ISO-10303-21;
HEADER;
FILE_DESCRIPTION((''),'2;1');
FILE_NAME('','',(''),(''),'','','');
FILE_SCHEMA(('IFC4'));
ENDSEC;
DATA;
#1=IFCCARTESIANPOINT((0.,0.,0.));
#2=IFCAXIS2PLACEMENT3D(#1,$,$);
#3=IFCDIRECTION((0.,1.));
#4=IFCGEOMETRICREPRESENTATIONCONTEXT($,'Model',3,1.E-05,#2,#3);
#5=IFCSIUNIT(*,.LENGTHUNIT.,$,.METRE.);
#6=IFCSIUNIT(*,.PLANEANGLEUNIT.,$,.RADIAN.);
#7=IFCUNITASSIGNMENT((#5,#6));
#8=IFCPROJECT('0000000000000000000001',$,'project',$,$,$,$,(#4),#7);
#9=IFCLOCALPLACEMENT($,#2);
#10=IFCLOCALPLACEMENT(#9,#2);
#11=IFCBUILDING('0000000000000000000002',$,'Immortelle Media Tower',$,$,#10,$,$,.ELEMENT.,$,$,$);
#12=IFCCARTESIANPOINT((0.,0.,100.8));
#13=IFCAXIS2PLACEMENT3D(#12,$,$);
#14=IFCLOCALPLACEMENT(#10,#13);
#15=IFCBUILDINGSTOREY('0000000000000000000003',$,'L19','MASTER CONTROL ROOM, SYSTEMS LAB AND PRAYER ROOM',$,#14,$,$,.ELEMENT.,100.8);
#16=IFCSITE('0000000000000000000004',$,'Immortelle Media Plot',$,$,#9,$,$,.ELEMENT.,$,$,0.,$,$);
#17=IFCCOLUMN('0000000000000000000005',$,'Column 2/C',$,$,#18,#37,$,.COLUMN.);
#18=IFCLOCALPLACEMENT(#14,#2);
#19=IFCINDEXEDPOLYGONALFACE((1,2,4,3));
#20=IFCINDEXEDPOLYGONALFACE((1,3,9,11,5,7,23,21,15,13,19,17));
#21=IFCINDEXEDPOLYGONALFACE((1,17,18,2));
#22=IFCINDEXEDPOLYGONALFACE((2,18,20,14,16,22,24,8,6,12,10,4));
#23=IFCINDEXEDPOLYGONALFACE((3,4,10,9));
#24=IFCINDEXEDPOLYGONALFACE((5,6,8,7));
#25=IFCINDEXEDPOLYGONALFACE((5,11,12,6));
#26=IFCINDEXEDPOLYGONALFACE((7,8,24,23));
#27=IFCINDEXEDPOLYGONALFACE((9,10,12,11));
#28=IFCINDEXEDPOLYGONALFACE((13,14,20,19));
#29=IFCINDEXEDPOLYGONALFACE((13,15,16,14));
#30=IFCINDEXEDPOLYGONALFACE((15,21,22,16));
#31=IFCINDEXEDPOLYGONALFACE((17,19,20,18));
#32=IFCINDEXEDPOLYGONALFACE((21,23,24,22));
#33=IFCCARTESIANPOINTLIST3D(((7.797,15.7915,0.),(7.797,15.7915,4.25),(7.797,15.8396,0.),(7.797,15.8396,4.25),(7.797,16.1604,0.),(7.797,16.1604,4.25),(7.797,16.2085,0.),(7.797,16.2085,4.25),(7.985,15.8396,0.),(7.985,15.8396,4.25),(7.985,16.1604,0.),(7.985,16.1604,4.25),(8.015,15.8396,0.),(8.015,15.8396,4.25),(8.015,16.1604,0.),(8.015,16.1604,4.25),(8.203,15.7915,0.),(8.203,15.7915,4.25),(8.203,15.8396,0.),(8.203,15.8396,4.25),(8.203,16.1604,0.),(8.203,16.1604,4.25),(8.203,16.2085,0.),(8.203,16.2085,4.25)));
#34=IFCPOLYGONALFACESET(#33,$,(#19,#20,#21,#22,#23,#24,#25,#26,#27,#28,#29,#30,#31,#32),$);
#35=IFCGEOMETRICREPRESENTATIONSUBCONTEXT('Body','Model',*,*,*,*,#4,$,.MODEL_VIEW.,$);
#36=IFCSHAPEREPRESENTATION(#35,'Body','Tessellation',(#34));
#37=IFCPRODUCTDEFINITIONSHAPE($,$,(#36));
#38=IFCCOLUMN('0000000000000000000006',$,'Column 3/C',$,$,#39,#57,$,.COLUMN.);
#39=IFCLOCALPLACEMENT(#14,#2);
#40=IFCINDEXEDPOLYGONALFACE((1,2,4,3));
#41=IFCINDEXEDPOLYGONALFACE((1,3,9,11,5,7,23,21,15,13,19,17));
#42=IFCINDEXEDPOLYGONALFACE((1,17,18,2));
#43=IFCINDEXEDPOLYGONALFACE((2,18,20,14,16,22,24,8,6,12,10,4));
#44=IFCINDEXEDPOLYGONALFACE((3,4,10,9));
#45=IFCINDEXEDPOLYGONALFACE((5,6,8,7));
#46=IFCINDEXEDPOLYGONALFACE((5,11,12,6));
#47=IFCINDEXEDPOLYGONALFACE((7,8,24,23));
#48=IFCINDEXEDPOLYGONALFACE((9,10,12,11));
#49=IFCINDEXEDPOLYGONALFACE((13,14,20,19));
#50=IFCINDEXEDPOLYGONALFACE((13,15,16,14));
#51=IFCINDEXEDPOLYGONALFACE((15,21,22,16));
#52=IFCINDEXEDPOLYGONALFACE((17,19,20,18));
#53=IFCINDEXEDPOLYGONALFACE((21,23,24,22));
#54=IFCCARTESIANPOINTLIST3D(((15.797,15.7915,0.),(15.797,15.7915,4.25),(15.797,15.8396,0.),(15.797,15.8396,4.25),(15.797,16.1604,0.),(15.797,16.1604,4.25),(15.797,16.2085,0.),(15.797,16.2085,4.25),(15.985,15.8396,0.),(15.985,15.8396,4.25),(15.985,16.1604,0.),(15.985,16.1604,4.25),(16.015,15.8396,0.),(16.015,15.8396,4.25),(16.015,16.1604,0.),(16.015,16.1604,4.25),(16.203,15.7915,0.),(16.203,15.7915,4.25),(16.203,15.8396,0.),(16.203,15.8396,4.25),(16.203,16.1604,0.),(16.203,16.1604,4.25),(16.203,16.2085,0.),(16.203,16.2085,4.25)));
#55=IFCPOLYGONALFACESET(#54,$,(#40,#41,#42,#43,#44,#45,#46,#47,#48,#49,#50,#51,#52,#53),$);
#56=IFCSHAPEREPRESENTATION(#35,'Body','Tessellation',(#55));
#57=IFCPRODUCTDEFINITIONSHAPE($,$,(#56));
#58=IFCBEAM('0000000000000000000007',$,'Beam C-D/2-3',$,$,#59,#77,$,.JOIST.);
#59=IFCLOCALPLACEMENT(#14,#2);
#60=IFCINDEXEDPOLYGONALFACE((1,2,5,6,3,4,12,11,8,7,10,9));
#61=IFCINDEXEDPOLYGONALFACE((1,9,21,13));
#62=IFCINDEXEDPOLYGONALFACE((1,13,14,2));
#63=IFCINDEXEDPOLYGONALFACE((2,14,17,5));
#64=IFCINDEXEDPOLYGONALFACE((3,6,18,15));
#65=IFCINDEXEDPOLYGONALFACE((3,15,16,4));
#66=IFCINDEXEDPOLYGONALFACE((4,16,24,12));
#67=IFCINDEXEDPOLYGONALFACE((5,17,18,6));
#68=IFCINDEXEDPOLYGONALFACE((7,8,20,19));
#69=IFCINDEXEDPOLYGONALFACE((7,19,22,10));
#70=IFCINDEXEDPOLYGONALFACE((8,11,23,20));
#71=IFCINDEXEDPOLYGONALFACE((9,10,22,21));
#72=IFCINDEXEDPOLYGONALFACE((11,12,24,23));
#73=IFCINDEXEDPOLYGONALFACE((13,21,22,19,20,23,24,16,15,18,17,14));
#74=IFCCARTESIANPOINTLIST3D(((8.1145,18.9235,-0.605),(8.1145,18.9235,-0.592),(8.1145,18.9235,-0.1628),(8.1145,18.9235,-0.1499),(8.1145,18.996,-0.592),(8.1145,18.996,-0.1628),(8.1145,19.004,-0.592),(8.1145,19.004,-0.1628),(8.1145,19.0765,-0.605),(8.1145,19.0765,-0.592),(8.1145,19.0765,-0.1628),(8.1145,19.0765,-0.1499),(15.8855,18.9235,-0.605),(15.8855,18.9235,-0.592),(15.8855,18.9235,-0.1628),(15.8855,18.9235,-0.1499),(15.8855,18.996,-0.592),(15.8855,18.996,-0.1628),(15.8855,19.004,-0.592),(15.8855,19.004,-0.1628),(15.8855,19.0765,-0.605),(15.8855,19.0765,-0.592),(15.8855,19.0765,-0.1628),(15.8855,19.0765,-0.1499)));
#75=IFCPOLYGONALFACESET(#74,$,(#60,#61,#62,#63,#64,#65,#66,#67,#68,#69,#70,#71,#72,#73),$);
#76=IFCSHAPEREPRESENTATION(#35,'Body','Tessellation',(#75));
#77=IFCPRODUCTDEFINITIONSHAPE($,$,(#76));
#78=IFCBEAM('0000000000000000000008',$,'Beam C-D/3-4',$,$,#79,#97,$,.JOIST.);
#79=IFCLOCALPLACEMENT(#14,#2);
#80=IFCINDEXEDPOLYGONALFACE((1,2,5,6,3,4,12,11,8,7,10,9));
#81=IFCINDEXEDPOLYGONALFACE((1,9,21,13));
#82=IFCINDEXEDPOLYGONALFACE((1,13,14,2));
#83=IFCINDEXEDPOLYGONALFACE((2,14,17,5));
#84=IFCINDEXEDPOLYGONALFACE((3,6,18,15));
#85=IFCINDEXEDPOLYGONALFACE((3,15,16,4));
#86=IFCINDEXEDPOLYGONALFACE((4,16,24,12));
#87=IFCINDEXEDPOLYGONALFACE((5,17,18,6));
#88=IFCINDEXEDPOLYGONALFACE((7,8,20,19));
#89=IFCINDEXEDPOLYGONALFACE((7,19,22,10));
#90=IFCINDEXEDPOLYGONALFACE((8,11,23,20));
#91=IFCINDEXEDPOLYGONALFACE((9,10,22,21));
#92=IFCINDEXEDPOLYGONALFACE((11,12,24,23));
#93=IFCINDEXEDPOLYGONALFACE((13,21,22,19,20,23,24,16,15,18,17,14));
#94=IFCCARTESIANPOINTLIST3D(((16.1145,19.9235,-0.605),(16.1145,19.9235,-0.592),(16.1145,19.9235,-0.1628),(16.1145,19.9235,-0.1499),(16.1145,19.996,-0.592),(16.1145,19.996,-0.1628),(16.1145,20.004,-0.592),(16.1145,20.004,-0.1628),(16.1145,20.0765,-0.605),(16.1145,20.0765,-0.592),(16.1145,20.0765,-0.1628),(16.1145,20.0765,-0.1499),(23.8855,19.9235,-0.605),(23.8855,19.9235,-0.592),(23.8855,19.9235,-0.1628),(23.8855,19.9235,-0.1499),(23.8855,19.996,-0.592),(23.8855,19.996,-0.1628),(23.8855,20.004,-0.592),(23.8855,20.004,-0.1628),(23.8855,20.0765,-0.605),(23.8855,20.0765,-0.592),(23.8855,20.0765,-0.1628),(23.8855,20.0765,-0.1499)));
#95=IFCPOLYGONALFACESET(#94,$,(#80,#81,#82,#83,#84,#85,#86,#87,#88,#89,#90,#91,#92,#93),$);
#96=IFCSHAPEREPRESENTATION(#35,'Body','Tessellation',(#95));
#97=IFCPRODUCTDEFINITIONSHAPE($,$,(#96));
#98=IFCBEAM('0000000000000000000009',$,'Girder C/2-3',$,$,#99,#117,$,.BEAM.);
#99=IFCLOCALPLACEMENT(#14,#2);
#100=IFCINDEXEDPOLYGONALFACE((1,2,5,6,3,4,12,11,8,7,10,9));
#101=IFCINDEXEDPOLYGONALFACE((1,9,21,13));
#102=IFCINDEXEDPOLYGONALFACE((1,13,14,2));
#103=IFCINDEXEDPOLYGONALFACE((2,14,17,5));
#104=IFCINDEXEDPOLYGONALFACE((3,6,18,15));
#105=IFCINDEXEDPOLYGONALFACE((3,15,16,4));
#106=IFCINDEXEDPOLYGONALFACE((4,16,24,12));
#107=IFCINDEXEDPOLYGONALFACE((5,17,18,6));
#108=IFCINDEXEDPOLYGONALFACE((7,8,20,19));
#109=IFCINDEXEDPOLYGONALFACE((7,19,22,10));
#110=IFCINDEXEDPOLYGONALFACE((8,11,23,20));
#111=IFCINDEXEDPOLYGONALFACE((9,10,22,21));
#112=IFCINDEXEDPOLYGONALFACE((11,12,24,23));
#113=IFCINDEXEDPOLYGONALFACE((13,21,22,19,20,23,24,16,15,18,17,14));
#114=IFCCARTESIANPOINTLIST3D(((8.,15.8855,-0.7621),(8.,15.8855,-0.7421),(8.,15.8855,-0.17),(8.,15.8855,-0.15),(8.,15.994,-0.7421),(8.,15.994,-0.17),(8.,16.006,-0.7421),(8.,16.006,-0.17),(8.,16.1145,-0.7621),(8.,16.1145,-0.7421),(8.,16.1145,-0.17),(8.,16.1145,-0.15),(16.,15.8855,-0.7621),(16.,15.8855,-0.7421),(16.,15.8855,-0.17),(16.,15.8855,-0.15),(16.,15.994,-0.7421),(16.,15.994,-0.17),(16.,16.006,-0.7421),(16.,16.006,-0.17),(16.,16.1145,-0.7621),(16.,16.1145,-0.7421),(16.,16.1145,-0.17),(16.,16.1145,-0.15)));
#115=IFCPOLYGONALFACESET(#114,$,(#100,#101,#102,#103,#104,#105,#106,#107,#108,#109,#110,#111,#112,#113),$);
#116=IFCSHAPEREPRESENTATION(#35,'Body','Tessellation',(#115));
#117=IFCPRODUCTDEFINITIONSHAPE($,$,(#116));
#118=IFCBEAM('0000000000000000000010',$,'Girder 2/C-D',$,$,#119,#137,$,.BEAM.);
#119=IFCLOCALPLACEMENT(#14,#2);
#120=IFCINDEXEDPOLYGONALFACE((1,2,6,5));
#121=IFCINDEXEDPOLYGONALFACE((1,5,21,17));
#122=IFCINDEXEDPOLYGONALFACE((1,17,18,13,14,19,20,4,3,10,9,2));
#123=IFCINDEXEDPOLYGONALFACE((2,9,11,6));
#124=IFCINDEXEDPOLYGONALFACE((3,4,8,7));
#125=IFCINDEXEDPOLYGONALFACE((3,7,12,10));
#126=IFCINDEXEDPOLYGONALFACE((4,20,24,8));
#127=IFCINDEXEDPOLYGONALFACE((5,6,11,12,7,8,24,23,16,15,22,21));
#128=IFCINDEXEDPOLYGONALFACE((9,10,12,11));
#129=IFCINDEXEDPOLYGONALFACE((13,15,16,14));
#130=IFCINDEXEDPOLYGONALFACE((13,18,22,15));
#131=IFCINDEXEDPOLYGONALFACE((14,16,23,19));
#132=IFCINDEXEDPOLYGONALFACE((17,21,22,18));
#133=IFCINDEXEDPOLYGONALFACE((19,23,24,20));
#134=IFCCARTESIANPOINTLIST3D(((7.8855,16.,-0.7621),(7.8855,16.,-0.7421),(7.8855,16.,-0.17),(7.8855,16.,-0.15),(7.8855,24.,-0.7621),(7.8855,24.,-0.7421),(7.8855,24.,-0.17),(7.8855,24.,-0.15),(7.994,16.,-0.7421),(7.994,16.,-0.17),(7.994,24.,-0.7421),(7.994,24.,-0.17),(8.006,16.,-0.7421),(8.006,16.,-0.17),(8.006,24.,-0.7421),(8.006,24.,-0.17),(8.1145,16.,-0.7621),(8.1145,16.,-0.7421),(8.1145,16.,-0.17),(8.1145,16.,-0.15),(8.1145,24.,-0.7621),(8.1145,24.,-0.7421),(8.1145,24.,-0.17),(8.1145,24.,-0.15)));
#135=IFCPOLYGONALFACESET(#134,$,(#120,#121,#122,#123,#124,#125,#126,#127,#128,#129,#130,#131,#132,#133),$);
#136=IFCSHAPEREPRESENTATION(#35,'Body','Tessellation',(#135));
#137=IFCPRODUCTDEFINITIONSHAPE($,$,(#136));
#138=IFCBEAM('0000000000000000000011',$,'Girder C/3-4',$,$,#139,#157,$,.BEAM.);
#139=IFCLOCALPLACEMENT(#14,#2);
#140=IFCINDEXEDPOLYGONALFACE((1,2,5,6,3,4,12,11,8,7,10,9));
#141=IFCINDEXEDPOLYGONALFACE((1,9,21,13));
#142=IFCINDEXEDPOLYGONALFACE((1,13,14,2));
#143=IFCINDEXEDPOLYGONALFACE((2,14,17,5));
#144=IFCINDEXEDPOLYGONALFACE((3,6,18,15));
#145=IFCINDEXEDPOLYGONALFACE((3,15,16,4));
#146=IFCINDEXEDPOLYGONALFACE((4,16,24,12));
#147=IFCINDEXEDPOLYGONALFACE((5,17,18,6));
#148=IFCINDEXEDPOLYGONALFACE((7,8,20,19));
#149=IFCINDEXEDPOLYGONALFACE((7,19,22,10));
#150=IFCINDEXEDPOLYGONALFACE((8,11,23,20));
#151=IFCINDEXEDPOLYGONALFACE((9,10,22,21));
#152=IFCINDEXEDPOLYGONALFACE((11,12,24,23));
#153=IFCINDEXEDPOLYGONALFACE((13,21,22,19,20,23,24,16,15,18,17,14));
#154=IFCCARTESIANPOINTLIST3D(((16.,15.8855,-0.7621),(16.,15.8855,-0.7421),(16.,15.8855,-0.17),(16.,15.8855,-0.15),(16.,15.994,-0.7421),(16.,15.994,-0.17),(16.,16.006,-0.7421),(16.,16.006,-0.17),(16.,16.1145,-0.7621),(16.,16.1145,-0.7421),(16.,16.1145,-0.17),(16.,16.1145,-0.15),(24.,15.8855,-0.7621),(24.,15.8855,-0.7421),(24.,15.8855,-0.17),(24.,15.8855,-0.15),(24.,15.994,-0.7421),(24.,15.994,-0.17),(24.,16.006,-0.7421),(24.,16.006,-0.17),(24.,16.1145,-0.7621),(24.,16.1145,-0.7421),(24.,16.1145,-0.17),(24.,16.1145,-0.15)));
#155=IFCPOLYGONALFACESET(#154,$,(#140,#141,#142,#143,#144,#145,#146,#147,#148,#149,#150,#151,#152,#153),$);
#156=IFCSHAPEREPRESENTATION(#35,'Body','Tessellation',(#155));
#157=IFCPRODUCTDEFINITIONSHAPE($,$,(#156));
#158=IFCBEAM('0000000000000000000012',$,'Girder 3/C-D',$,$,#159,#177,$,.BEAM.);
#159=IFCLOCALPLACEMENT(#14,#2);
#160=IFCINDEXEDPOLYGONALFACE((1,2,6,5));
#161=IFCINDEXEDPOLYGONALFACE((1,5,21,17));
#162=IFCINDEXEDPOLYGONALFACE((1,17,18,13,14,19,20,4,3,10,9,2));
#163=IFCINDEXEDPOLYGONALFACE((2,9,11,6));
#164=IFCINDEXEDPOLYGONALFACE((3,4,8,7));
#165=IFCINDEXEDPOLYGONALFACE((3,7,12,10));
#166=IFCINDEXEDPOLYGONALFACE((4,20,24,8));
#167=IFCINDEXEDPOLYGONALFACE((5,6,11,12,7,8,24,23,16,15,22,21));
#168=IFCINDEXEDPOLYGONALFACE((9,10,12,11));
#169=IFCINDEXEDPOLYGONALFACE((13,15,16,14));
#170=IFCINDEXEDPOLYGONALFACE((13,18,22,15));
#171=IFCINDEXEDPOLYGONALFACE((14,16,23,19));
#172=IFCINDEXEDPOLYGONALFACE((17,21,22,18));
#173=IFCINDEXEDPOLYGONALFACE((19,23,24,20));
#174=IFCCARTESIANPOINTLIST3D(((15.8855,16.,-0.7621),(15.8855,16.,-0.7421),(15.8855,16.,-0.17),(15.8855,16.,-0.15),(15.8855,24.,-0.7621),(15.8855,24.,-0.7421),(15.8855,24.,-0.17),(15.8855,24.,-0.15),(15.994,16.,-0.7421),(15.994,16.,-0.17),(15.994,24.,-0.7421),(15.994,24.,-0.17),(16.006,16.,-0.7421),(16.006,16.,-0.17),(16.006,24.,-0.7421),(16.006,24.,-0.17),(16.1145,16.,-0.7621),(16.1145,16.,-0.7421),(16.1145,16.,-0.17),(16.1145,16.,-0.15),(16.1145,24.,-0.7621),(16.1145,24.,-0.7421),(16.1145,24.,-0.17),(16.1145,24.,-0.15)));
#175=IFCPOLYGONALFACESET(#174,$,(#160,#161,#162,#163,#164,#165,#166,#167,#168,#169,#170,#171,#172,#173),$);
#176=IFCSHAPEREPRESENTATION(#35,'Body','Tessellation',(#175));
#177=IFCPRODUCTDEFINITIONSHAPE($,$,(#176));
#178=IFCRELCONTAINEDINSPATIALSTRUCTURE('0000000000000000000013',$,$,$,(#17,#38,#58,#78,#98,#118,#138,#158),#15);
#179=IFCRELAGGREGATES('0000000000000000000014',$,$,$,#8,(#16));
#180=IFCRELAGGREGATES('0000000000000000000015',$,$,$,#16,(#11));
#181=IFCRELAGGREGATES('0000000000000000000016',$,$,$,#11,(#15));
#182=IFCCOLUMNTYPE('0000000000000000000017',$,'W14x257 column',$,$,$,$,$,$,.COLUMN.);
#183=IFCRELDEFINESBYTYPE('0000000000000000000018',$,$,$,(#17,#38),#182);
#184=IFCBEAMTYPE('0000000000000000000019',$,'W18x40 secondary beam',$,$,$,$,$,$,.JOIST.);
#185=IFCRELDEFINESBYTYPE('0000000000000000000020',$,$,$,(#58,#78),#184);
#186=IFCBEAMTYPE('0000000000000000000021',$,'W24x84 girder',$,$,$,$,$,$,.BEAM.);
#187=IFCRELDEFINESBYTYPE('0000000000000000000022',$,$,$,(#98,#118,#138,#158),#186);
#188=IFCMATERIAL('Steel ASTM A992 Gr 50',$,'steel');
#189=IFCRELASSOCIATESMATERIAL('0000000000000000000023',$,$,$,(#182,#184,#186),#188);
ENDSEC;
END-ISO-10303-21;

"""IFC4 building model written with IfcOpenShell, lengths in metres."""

from ifc_helpers import new_model, si_unit, direction, frame, origin, origin_2d, place, context, subcontext, project, spatial, i_section, extrude, material, material_profile, profile_set, type_object, element, save


model = new_model("IFC4")

# Units and contexts
model_context = context("Model", 3, precision=1e-05, world=origin(), true_north=direction((0.0, 1.0)))
body_context = subcontext(model_context, "Body", "Model", "MODEL_VIEW")
ifc_project = project(units=[si_unit("LENGTHUNIT", "METRE"), si_unit("PLANEANGLEUNIT", "RADIAN")], contexts=[model_context])

# Site, building, storey
site_placement = place(None, origin())
site = spatial("IfcSite", under=ifc_project, at=site_placement, Name="Immortelle Media Plot", CompositionType="ELEMENT", RefElevation=0.0)
building_placement = place(site_placement, origin())
building = spatial("IfcBuilding", under=site, at=building_placement, Name="Immortelle Media Tower", CompositionType="ELEMENT")
storey_placement = place(building_placement, frame((0.0, 0.0, 100.8)))
storey = spatial("IfcBuildingStorey", under=building, at=storey_placement, Name="L19", Description="MASTER CONTROL ROOM, SYSTEMS LAB AND PRAYER ROOM", CompositionType="ELEMENT", Elevation=100.8)

# Columns
ifc_material_1 = material(Name="Steel ASTM A992 Gr 50", Category="steel")
ifc_material_profile_1 = material_profile(ifc_material_1, i_section(OverallWidth=0.406, OverallDepth=0.417, WebThickness=0.03, FlangeThickness=0.0481, at=origin_2d()), Name="W14x257")
ifc_profile_set_1 = profile_set([ifc_material_profile_1], Name="Steel ASTM A992 Gr 50")
column_type = type_object("IfcColumnType", Name="W14x257 column", PredefinedType="COLUMN", material=ifc_profile_set_1)
for number, where, z_axis, x_axis, name in (
    (1, (8.0, 16.0, 0.0), (0.0, 0.0, 1.0), (1.0, 0.0, 0.0), "Column 2/C"),
    (2, (16.0, 16.0, 0.0), (0.0, 0.0, 1.0), (1.0, 0.0, 0.0), "Column 3/C"),
):
    element("IfcColumn", number, at=place(storey_placement, frame(where, z_axis=z_axis, x_axis=x_axis)), inside=storey, type_object=column_type, Name=name, PredefinedType="COLUMN", context=body_context, shape_type="SweptSolid", body=[
        extrude(i_section(OverallWidth=0.406, OverallDepth=0.417, WebThickness=0.03, FlangeThickness=0.0481, at=origin_2d()), origin(), (0.0, 0.0, 1.0), 4.25),
    ])

# Beams
ifc_material_profile_2 = material_profile(ifc_material_1, i_section(OverallWidth=0.1531, OverallDepth=0.4551, WebThickness=0.0081, FlangeThickness=0.0129, at=origin_2d()), Name="W18x40")
ifc_profile_set_2 = profile_set([ifc_material_profile_2], Name="Steel ASTM A992 Gr 50")
beam_type_1 = type_object("IfcBeamType", Name="W18x40 secondary beam", PredefinedType="JOIST", material=ifc_profile_set_2)
for number, where, z_axis, x_axis, name in (
    (3, (8.1145, 19.0, -0.3774), (1.0, 0.0, 0.0), (0.0, 1.0, 0.0), "Beam C-D/2-3"),
    (4, (16.1145, 20.0, -0.3774), (1.0, 0.0, 0.0), (0.0, 1.0, 0.0), "Beam C-D/3-4"),
):
    element("IfcBeam", number, at=place(storey_placement, frame(where, z_axis=z_axis, x_axis=x_axis)), inside=storey, type_object=beam_type_1, Name=name, PredefinedType="JOIST", context=body_context, shape_type="SweptSolid", body=[
        extrude(i_section(OverallWidth=0.1531, OverallDepth=0.4551, WebThickness=0.0081, FlangeThickness=0.0129, at=origin_2d()), origin(), (0.0, 0.0, 1.0), 7.771),
    ])
ifc_material_profile_3 = material_profile(ifc_material_1, i_section(OverallWidth=0.229, OverallDepth=0.6121, WebThickness=0.012, FlangeThickness=0.02, at=origin_2d()), Name="W24x84")
ifc_profile_set_3 = profile_set([ifc_material_profile_3], Name="Steel ASTM A992 Gr 50")
beam_type_2 = type_object("IfcBeamType", Name="W24x84 girder", PredefinedType="BEAM", material=ifc_profile_set_3)
for number, where, z_axis, x_axis, name in (
    (5, (8.0, 16.0, -0.4561), (1.0, 0.0, 0.0), (0.0, 1.0, 0.0), "Girder C/2-3"),
    (6, (8.0, 16.0, -0.4561), (0.0, 1.0, 0.0), (-1.0, 0.0, 0.0), "Girder 2/C-D"),
    (7, (16.0, 16.0, -0.4561), (1.0, 0.0, 0.0), (0.0, 1.0, 0.0), "Girder C/3-4"),
    (8, (16.0, 16.0, -0.4561), (0.0, 1.0, 0.0), (-1.0, 0.0, 0.0), "Girder 3/C-D"),
):
    element("IfcBeam", number, at=place(storey_placement, frame(where, z_axis=z_axis, x_axis=x_axis)), inside=storey, type_object=beam_type_2, Name=name, PredefinedType="BEAM", context=body_context, shape_type="SweptSolid", body=[
        extrude(i_section(OverallWidth=0.229, OverallDepth=0.6121, WebThickness=0.012, FlangeThickness=0.02, at=origin_2d()), origin(), (0.0, 0.0, 1.0), 8.0),
    ])

save(model, "model.ifc")
